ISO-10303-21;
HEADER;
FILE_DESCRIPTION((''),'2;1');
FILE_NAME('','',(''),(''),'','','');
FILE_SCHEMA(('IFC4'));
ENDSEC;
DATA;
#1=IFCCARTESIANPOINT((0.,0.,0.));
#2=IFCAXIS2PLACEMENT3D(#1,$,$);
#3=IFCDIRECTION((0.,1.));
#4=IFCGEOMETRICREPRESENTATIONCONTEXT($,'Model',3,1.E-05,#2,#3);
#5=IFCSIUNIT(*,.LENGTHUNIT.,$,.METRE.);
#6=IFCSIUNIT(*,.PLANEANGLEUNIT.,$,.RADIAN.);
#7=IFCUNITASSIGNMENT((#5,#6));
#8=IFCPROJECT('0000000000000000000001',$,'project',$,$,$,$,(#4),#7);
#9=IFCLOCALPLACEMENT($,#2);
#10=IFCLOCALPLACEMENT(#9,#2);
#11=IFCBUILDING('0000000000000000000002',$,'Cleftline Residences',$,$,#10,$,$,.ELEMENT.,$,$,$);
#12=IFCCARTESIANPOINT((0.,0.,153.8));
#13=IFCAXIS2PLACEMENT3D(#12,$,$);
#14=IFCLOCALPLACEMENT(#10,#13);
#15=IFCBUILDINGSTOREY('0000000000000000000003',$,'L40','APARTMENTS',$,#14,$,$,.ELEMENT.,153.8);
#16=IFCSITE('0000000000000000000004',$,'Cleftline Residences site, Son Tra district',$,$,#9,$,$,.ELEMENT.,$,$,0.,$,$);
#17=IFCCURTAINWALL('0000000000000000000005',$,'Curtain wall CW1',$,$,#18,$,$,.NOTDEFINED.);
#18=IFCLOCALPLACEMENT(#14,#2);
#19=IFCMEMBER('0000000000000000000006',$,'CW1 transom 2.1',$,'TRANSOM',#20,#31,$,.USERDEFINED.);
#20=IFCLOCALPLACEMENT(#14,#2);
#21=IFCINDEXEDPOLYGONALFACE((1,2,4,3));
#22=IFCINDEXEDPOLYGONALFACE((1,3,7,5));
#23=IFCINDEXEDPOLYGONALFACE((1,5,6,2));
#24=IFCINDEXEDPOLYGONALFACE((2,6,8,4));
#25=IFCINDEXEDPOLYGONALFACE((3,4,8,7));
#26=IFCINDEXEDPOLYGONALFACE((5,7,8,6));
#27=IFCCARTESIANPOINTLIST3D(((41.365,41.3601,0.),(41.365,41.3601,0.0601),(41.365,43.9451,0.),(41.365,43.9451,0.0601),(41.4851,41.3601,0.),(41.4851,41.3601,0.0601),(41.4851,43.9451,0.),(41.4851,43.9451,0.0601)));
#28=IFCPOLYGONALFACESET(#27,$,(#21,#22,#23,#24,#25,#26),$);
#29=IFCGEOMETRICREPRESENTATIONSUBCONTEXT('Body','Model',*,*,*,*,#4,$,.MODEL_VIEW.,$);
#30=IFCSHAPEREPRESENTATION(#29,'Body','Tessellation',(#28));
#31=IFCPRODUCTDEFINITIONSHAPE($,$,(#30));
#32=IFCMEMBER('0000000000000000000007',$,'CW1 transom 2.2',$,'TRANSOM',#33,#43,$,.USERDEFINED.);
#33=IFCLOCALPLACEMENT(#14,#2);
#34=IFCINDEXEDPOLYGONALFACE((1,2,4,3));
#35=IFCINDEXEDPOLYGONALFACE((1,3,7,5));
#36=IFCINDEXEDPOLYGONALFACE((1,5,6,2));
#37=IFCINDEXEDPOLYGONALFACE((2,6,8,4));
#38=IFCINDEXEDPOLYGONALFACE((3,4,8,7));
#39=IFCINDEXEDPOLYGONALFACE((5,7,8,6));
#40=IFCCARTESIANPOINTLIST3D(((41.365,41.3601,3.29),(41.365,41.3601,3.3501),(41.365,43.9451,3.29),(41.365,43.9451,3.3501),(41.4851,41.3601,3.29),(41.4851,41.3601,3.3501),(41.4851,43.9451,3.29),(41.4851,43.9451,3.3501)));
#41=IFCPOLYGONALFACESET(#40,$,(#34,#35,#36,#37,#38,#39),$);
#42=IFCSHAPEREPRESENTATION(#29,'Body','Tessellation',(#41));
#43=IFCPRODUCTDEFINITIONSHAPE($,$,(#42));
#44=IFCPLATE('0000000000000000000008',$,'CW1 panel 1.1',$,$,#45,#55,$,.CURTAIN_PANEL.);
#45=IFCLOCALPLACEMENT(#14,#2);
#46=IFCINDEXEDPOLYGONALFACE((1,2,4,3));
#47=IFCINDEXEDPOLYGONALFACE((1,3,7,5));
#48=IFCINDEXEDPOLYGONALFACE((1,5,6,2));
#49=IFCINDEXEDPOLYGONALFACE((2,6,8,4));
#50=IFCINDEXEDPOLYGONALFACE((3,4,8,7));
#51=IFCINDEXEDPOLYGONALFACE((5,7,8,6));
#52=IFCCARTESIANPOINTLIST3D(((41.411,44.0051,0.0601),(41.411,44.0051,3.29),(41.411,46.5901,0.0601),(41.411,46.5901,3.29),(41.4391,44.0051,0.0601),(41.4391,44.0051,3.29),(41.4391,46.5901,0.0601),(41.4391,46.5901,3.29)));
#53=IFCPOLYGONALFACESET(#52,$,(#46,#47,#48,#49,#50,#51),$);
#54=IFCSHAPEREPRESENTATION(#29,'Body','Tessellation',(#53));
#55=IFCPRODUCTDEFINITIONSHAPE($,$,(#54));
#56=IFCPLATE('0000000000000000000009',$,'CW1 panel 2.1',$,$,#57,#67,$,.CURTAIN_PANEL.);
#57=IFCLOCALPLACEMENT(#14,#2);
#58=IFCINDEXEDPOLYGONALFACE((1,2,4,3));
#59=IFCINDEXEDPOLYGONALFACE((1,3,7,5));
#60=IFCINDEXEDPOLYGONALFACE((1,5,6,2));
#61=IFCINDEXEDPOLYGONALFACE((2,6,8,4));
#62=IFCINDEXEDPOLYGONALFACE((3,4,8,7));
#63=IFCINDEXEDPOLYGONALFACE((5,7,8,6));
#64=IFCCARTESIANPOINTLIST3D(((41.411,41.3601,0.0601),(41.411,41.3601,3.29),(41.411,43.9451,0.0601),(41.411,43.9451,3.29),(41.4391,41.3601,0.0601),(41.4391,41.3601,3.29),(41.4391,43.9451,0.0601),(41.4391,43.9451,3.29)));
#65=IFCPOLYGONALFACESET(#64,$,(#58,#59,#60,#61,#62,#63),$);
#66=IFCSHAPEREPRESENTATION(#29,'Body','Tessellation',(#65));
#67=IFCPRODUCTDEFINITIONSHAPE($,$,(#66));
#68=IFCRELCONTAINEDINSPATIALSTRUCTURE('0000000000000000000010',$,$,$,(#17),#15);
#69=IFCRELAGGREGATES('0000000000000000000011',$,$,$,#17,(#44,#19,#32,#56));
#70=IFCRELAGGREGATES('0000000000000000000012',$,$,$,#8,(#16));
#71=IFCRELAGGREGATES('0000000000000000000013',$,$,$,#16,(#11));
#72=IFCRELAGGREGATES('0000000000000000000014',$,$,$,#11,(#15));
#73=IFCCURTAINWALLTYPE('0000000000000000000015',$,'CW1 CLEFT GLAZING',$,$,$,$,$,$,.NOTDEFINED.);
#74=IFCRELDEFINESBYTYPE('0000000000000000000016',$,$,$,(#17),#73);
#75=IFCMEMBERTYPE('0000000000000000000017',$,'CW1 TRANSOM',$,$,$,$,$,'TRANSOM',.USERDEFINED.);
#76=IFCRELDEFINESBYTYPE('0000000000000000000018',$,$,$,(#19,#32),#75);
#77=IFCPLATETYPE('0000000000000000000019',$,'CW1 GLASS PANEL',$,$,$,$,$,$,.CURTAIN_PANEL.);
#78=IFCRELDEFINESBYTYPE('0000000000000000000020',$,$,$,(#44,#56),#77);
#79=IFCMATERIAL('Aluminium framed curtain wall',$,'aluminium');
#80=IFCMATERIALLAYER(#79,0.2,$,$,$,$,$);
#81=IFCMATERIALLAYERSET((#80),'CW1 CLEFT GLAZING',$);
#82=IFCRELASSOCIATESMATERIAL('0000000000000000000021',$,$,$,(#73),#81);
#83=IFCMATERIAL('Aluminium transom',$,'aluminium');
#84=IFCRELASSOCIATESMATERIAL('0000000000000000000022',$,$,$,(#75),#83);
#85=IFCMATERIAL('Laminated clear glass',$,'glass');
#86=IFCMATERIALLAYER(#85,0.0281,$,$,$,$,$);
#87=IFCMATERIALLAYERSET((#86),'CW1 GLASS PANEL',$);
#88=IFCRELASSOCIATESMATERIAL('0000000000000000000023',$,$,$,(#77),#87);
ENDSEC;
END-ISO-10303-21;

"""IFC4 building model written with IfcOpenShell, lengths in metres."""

from ifc_helpers import new_model, si_unit, direction, frame, origin, origin_2d, place, context, subcontext, project, spatial, rectangle, extrude, material, layer, layer_set, material_profile, profile_set, type_object, element, aggregate, save


model = new_model("IFC4")

# Units and contexts
model_context = context("Model", 3, precision=1e-05, world=origin(), true_north=direction((0.0, 1.0)))
body_context = subcontext(model_context, "Body", "Model", "MODEL_VIEW")
ifc_project = project(units=[si_unit("LENGTHUNIT", "METRE"), si_unit("PLANEANGLEUNIT", "RADIAN")], contexts=[model_context])

# Site, building, storey
site_placement = place(None, origin())
site = spatial("IfcSite", under=ifc_project, at=site_placement, Name="Cleftline Residences site, Son Tra district", CompositionType="ELEMENT", RefElevation=0.0)
building_placement = place(site_placement, origin())
building = spatial("IfcBuilding", under=site, at=building_placement, Name="Cleftline Residences", CompositionType="ELEMENT")
storey_placement = place(building_placement, frame((0.0, 0.0, 153.8)))
storey = spatial("IfcBuildingStorey", under=building, at=storey_placement, Name="L40", Description="APARTMENTS", CompositionType="ELEMENT", Elevation=153.8)

# Curtain wall, members, plates
ifc_material_1 = material(Name="Aluminium framed curtain wall", Category="aluminium")
ifc_layer_1 = layer(ifc_material_1, 0.2)
ifc_layer_set_1 = layer_set([ifc_layer_1], Name="CW1 CLEFT GLAZING")
curtain_wall_type = type_object("IfcCurtainWallType", Name="CW1 CLEFT GLAZING", PredefinedType="NOTDEFINED", material=ifc_layer_set_1)
curtain_wall_placement = place(storey_placement, origin())
curtain_wall = element("IfcCurtainWall", 1, at=curtain_wall_placement, inside=storey, type_object=curtain_wall_type, Name="Curtain wall CW1", PredefinedType="NOTDEFINED")
ifc_material_2 = material(Name="Aluminium transom", Category="aluminium")
ifc_material_profile_1 = material_profile(ifc_material_2, rectangle(XDim=0.1201, YDim=0.0601, at=origin_2d()))
ifc_profile_set_1 = profile_set([ifc_material_profile_1], Name="Aluminium transom")
member_type_1 = type_object("IfcMemberType", Name="CW1 TRANSOM", ElementType="TRANSOM", PredefinedType="USERDEFINED", material=ifc_profile_set_1)
member_1_placement = place(storey_placement, frame((41.425, 43.9451, 0.03), z_axis=(0.0, -1.0, 0.0), x_axis=(1.0, 0.0, 0.0)))
member_1 = element("IfcMember", 2, at=member_1_placement, type_object=member_type_1, Name="CW1 transom 2.1", ObjectType="TRANSOM", PredefinedType="USERDEFINED", context=body_context, shape_type="SweptSolid", body=[
    extrude(rectangle(XDim=0.1201, YDim=0.0601, at=origin_2d()), origin(), (0.0, 0.0, 1.0), 2.585),
])
member_2_placement = place(storey_placement, frame((41.425, 43.9451, 3.3201), z_axis=(0.0, -1.0, 0.0), x_axis=(1.0, 0.0, 0.0)))
member_2 = element("IfcMember", 3, at=member_2_placement, type_object=member_type_1, Name="CW1 transom 2.2", ObjectType="TRANSOM", PredefinedType="USERDEFINED", context=body_context, shape_type="SweptSolid", body=[
    extrude(rectangle(XDim=0.1201, YDim=0.0601, at=origin_2d()), origin(), (0.0, 0.0, 1.0), 2.585),
])
ifc_material_3 = material(Name="Laminated clear glass", Category="glass")
ifc_layer_2 = layer(ifc_material_3, 0.0281)
ifc_layer_set_2 = layer_set([ifc_layer_2], Name="CW1 GLASS PANEL")
plate_type = type_object("IfcPlateType", Name="CW1 GLASS PANEL", PredefinedType="CURTAIN_PANEL", material=ifc_layer_set_2)
plate_1_placement = place(storey_placement, frame((41.425, 45.2976, 0.0601), z_axis=(0.0, 0.0, 1.0), x_axis=(0.0, -1.0, 0.0)))
plate_1 = element("IfcPlate", 4, at=plate_1_placement, type_object=plate_type, Name="CW1 panel 1.1", PredefinedType="CURTAIN_PANEL", context=body_context, shape_type="SweptSolid", body=[
    extrude(rectangle(XDim=2.585, YDim=0.0281, at=origin_2d()), origin(), (0.0, 0.0, 1.0), 3.23),
])
plate_2_placement = place(storey_placement, frame((41.425, 42.6526, 0.0601), z_axis=(0.0, 0.0, 1.0), x_axis=(0.0, -1.0, 0.0)))
plate_2 = element("IfcPlate", 5, at=plate_2_placement, type_object=plate_type, Name="CW1 panel 2.1", PredefinedType="CURTAIN_PANEL", context=body_context, shape_type="SweptSolid", body=[
    extrude(rectangle(XDim=2.585, YDim=0.0281, at=origin_2d()), origin(), (0.0, 0.0, 1.0), 3.23),
])
aggregate(curtain_wall, [plate_1, member_1, member_2, plate_2])

save(model, "model.ifc")
